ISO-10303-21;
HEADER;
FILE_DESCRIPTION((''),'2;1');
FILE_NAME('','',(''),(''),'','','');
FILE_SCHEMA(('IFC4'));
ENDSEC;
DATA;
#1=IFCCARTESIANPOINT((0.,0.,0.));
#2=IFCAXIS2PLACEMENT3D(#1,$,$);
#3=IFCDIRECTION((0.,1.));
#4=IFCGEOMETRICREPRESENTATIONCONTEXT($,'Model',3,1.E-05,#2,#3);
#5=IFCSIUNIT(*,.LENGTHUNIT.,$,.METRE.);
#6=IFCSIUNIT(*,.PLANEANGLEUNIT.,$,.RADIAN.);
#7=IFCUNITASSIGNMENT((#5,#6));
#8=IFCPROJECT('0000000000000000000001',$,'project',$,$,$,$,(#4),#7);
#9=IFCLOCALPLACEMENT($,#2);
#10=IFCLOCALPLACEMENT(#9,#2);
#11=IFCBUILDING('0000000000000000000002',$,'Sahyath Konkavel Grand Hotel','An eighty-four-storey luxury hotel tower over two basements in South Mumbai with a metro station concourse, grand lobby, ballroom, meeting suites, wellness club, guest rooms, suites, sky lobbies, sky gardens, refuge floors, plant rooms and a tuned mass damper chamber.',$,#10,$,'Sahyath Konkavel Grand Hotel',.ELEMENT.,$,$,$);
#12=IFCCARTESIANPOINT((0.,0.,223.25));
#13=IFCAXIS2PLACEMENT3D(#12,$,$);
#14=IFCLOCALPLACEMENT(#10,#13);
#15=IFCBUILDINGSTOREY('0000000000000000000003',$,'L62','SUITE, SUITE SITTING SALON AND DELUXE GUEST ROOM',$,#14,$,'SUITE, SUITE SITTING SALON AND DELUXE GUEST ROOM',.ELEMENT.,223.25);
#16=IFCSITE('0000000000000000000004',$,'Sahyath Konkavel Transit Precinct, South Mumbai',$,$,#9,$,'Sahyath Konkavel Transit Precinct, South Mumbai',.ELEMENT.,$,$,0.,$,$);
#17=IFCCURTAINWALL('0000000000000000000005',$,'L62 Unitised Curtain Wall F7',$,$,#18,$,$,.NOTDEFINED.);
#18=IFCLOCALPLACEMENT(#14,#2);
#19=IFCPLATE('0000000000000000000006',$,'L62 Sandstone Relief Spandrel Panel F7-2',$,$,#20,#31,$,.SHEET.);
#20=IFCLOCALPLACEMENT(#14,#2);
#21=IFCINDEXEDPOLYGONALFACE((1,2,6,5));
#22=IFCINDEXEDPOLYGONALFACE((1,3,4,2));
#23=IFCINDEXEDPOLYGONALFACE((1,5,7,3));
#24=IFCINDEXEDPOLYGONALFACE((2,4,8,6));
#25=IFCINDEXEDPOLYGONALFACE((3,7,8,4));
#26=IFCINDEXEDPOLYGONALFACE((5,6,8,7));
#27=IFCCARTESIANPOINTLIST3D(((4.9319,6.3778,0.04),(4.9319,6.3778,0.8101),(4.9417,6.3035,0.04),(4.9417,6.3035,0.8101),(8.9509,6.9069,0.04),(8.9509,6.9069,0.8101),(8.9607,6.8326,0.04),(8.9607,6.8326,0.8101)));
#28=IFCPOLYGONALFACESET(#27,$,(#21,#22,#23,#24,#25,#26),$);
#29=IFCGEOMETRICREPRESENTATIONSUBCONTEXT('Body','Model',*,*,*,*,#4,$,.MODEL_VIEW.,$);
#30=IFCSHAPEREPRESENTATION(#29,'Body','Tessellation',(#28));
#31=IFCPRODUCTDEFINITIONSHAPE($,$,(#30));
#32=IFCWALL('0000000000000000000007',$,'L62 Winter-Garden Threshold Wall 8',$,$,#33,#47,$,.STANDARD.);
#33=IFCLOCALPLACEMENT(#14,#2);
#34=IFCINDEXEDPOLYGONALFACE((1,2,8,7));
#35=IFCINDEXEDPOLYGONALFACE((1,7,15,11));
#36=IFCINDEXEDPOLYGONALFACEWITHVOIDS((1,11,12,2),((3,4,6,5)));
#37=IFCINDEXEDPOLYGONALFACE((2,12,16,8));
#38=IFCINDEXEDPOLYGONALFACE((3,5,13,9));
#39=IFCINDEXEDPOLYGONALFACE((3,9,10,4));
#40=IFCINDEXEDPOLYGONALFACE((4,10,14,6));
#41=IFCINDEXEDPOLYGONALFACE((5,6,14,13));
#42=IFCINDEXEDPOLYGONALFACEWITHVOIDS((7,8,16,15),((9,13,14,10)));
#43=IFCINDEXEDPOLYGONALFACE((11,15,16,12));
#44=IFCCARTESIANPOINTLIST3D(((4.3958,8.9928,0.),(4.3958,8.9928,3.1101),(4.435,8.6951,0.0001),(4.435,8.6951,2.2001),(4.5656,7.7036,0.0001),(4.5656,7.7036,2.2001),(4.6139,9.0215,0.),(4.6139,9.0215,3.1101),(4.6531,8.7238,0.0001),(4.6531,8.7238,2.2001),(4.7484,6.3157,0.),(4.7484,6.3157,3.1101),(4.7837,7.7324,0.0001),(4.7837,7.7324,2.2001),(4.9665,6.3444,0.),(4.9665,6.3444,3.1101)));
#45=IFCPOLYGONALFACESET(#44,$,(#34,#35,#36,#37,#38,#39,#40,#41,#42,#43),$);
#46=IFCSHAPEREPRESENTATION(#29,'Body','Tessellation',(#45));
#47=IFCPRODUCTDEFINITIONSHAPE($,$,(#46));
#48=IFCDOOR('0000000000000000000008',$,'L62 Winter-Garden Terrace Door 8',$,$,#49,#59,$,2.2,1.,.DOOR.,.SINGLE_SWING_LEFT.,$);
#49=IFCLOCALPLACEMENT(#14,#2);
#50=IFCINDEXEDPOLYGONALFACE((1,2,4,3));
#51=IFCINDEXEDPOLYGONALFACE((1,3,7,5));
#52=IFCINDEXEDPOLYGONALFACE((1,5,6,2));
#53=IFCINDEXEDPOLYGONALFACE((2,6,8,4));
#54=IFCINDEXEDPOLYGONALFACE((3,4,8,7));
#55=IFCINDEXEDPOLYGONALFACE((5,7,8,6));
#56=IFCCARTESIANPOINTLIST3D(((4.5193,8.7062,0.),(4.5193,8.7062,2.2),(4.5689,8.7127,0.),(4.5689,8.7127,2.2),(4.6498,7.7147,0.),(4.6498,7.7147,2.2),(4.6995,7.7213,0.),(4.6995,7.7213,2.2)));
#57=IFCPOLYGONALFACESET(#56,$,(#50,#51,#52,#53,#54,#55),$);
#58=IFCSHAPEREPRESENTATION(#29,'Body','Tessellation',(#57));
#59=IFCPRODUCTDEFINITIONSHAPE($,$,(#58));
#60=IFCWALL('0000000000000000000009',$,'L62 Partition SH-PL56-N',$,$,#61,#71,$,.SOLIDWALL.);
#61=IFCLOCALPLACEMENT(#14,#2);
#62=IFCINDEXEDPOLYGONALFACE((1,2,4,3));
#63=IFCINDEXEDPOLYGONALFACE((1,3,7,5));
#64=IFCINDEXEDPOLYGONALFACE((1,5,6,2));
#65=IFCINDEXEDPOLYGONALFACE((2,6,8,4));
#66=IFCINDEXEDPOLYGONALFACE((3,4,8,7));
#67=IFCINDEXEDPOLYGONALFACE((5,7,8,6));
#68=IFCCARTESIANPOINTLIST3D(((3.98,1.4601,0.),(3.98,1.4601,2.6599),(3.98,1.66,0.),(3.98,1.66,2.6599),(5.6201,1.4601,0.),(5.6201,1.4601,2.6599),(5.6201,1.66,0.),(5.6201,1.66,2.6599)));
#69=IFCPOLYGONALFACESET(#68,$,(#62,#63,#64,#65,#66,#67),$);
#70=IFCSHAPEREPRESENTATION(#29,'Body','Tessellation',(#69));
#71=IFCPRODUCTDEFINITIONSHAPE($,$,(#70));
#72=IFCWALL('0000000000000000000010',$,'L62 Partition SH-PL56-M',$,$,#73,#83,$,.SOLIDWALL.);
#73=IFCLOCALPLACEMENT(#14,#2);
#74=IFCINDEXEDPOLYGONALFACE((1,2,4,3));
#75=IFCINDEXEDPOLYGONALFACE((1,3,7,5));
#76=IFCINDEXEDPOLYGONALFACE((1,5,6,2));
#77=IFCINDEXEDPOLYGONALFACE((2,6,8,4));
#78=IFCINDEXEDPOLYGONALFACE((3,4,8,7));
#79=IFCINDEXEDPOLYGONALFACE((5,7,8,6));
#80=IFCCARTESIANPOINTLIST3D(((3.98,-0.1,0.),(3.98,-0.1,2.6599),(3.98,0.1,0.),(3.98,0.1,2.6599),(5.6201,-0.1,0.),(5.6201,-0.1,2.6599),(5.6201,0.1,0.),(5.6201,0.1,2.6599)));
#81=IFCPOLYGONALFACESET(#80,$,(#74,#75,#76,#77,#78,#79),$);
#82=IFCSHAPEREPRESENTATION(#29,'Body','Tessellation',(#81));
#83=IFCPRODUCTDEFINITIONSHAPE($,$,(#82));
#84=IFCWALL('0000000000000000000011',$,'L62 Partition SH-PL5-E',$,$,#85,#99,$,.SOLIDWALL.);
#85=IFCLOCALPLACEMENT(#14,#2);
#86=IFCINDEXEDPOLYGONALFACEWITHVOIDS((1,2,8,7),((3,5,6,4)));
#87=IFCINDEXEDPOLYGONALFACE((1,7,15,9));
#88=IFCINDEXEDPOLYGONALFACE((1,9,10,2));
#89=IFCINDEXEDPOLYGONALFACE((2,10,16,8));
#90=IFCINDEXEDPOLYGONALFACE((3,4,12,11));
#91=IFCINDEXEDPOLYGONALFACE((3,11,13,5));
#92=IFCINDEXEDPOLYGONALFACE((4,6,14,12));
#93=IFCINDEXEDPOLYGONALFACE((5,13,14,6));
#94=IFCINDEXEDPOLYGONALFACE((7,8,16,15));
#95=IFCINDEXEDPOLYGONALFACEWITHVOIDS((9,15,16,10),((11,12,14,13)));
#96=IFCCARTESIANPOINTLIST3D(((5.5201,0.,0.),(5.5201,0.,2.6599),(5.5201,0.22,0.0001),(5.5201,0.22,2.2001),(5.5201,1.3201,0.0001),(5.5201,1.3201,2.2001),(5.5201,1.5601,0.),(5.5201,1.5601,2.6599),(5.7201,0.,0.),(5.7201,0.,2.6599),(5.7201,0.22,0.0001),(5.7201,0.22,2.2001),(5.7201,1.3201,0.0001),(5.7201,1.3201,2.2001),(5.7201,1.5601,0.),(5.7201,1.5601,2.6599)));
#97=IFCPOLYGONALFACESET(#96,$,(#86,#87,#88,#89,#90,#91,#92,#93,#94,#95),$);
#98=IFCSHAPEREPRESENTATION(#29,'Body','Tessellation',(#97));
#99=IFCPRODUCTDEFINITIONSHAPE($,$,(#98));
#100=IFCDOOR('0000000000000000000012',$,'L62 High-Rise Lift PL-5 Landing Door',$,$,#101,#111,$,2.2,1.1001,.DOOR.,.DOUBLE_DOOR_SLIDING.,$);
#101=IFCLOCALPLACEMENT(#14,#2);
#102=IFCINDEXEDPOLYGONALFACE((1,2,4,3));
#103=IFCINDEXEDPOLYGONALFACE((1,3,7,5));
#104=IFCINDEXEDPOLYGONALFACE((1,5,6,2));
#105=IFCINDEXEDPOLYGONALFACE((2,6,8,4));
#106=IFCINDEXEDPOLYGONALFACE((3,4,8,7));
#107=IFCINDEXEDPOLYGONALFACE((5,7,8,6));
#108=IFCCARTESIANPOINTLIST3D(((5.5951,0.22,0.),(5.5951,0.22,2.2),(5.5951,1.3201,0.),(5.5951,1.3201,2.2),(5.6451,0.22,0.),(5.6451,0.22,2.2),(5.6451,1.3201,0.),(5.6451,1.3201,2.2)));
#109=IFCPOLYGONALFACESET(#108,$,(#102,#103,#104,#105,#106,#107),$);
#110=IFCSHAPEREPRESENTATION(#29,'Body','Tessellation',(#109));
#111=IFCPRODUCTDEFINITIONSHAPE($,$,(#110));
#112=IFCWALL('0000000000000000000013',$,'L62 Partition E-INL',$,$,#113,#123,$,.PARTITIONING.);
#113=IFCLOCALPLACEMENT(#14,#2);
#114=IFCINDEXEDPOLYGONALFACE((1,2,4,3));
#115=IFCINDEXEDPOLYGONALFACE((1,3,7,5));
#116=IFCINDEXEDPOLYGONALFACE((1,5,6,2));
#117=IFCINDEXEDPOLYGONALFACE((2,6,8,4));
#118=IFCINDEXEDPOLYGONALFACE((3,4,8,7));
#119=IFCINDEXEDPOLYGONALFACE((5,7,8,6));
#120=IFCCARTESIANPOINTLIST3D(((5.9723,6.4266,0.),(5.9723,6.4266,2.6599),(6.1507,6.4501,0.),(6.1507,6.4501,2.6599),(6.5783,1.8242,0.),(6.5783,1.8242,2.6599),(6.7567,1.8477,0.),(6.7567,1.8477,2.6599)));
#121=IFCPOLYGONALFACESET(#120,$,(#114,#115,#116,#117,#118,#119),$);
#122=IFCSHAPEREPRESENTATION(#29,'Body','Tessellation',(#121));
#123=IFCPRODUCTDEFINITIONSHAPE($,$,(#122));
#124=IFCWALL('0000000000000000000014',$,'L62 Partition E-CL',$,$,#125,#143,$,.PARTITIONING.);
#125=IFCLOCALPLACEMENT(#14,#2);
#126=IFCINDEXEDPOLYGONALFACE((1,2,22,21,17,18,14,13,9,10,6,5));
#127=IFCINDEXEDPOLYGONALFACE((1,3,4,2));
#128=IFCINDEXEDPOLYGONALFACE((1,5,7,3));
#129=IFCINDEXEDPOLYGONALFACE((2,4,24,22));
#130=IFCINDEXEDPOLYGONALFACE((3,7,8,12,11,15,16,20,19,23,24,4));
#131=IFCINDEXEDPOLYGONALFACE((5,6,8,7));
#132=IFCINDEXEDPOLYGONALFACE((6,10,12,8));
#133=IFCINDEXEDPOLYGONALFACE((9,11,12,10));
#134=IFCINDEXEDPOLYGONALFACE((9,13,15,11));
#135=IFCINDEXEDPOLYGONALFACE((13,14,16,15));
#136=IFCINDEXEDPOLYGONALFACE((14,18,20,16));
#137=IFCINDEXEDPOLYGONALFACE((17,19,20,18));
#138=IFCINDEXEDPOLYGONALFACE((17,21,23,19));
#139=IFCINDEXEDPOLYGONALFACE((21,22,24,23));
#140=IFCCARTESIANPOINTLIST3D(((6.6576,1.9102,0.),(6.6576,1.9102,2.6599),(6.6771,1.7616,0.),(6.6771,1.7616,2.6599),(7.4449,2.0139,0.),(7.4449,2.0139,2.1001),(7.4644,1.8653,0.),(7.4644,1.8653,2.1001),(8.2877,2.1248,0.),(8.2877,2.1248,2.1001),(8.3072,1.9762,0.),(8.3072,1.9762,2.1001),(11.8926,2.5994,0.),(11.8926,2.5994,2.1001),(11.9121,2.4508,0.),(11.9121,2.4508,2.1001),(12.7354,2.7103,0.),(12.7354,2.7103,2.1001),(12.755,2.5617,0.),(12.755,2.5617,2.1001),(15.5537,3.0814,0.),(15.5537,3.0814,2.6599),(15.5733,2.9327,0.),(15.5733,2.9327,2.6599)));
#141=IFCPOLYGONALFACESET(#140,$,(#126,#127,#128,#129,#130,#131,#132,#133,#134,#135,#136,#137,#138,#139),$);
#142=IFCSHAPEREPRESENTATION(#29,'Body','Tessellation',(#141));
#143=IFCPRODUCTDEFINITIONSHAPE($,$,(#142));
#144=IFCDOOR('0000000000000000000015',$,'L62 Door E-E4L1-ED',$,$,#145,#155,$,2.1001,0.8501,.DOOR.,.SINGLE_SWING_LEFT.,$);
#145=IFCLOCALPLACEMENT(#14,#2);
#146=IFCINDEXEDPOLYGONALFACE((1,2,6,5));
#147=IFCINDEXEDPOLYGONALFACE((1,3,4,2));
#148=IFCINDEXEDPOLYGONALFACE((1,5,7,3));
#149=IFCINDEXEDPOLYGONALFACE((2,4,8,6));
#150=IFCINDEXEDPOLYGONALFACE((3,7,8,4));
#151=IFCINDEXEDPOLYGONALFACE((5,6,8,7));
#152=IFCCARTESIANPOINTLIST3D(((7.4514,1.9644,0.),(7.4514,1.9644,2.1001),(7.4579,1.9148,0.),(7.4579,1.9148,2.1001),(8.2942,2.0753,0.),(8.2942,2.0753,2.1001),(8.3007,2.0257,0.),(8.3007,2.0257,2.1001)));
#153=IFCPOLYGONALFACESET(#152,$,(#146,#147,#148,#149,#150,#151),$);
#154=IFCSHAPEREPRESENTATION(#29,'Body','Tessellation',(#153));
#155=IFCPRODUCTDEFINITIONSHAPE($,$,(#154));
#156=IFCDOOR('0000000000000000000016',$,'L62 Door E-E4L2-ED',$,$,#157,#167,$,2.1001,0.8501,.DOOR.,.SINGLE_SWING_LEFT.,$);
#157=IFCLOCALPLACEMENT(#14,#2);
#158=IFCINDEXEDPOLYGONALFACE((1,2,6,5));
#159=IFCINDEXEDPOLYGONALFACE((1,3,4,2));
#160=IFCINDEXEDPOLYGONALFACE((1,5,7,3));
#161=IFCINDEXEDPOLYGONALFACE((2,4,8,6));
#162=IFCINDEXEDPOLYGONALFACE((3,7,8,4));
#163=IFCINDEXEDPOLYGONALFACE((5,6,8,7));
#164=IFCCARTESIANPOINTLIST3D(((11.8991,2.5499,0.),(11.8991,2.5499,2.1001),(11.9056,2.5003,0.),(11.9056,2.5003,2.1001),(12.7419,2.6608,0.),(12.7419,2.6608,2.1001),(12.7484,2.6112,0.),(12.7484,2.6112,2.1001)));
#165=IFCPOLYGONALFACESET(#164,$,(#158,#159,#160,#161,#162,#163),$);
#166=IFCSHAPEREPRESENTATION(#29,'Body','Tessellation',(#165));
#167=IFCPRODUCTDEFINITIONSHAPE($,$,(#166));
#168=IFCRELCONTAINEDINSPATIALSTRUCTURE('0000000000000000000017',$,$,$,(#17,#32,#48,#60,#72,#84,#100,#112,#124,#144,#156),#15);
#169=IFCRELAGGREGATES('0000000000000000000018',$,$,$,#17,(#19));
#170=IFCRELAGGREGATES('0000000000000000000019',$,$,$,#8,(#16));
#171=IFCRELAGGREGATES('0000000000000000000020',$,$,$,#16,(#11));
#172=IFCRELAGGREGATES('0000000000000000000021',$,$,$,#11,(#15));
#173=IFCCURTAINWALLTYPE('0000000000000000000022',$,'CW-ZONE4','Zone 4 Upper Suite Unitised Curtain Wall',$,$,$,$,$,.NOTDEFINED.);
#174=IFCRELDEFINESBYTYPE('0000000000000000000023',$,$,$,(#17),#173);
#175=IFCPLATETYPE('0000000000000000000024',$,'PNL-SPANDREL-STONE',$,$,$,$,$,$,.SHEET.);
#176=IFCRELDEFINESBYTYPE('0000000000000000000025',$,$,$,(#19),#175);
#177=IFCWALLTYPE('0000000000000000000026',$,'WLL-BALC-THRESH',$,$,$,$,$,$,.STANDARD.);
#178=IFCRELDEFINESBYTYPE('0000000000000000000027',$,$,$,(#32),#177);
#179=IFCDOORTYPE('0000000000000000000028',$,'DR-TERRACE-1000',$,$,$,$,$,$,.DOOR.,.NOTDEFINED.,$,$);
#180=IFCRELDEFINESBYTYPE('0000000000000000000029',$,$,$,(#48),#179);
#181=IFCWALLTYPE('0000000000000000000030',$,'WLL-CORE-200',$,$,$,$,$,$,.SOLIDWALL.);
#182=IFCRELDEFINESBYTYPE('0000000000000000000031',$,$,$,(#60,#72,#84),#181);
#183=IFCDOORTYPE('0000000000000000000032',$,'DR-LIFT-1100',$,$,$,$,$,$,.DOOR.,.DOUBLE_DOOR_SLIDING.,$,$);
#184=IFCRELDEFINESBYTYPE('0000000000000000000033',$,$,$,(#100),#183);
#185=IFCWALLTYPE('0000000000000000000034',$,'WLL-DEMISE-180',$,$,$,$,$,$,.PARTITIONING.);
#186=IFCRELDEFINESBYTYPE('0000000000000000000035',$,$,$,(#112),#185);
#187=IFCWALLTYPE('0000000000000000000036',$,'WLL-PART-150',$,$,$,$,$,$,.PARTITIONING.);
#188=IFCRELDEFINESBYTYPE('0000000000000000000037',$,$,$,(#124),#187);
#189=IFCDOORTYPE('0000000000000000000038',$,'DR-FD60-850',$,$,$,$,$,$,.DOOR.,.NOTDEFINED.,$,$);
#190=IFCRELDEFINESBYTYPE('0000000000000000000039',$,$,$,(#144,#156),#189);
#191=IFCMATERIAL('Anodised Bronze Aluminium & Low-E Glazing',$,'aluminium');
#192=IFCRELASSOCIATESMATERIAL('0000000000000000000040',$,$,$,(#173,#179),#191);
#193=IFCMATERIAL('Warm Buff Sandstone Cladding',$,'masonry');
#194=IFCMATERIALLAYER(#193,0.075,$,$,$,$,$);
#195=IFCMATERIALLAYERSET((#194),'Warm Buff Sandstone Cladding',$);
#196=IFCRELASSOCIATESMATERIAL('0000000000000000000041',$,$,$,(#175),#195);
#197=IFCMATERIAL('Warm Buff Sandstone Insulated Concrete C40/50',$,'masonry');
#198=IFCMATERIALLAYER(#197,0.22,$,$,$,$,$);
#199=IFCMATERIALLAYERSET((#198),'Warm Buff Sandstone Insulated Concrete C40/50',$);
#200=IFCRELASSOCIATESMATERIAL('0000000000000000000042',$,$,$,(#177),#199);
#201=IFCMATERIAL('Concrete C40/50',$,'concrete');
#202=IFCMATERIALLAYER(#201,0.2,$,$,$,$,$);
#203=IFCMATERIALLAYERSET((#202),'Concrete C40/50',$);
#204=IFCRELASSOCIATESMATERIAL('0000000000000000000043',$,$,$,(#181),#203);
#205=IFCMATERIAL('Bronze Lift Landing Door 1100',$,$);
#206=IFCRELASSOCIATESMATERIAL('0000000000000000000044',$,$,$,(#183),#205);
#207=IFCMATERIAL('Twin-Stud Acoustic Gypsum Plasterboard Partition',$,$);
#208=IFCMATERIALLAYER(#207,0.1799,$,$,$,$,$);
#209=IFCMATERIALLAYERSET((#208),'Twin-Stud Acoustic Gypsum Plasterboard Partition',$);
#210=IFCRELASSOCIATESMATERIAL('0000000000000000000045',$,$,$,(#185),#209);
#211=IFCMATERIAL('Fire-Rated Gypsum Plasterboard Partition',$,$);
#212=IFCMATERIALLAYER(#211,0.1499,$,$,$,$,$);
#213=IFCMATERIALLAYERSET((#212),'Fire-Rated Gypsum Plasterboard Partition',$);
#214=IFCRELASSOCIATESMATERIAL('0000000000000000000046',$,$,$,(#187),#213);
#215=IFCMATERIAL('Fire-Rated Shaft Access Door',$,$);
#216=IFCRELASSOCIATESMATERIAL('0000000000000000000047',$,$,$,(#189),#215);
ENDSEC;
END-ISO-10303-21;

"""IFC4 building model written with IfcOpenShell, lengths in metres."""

from ifc_helpers import new_model, si_unit, direction, frame, frame_2d, origin, origin_2d, place, context, subcontext, project, spatial, rectangle, extrude, source, transform, mapped, material, layer, layer_set, type_object, element, fill, aggregate, save


model = new_model("IFC4")

# Units and contexts
model_context = context("Model", 3, precision=1e-05, world=origin(), true_north=direction((0.0, 1.0)))
body_context = subcontext(model_context, "Body", "Model", "MODEL_VIEW")
ifc_project = project(units=[si_unit("LENGTHUNIT", "METRE"), si_unit("PLANEANGLEUNIT", "RADIAN")], contexts=[model_context])

# Site, building, storey
site_placement = place(None, origin())
site = spatial("IfcSite", under=ifc_project, at=site_placement, Name="Sahyath Konkavel Transit Precinct, South Mumbai", LongName="Sahyath Konkavel Transit Precinct, South Mumbai", CompositionType="ELEMENT", RefElevation=0.0)
building_placement = place(site_placement, origin())
building = spatial("IfcBuilding", under=site, at=building_placement, Name="Sahyath Konkavel Grand Hotel", Description="An eighty-four-storey luxury hotel tower over two basements in South Mumbai with a metro station concourse, grand lobby, ballroom, meeting suites, wellness club, guest rooms, suites, sky lobbies, sky gardens, refuge floors, plant rooms and a tuned mass damper chamber.", LongName="Sahyath Konkavel Grand Hotel", CompositionType="ELEMENT")
storey_placement = place(building_placement, frame((0.0, 0.0, 223.25)))
storey = spatial("IfcBuildingStorey", under=building, at=storey_placement, Name="L62", Description="SUITE, SUITE SITTING SALON AND DELUXE GUEST ROOM", LongName="SUITE, SUITE SITTING SALON AND DELUXE GUEST ROOM", CompositionType="ELEMENT", Elevation=223.25)

# Shared definitions
ifc_material_1 = material(Name="Concrete C40/50", Category="concrete")

# Curtain wall, plate
ifc_material_2 = material(Name="Anodised Bronze Aluminium & Low-E Glazing", Category="aluminium")
curtain_wall_type = type_object("IfcCurtainWallType", Name="CW-ZONE4", Description="Zone 4 Upper Suite Unitised Curtain Wall", PredefinedType="NOTDEFINED", material=ifc_material_2)
curtain_wall_placement = place(storey_placement, origin())
curtain_wall = element("IfcCurtainWall", 1, at=curtain_wall_placement, inside=storey, type_object=curtain_wall_type, Name="L62 Unitised Curtain Wall F7", PredefinedType="NOTDEFINED")
ifc_material_3 = material(Name="Warm Buff Sandstone Cladding", Category="masonry")
ifc_layer_1 = layer(ifc_material_3, 0.075)
ifc_layer_set_1 = layer_set([ifc_layer_1], Name="Warm Buff Sandstone Cladding")
plate_type = type_object("IfcPlateType", Name="PNL-SPANDREL-STONE", PredefinedType="SHEET", material=ifc_layer_set_1)
shared_shape_1 = source(origin(), body_context, "Body", "SweptSolid", [
    extrude(rectangle(XDim=4.0537, YDim=0.075, at=origin_2d()), origin(), (0.0, 0.0, 1.0), 0.77),
])
plate_placement = place(storey_placement, frame((6.9463, 6.6052, 0.04), z_axis=(0.0, 0.0, 1.0), x_axis=(-0.991445, -0.130526, 0.0)))
plate = element("IfcPlate", 2, at=plate_placement, type_object=plate_type, Name="L62 Sandstone Relief Spandrel Panel F7-2", PredefinedType="SHEET", context=body_context, shape_type="MappedRepresentation", body=[
    mapped(shared_shape_1, transform((0.0, 0.0, 0.0), scale=1.0)),
])
aggregate(curtain_wall, [plate])

# Wall, opening, door
ifc_material_4 = material(Name="Warm Buff Sandstone Insulated Concrete C40/50", Category="masonry")
ifc_layer_2 = layer(ifc_material_4, 0.22)
ifc_layer_set_2 = layer_set([ifc_layer_2], Name="Warm Buff Sandstone Insulated Concrete C40/50")
wall_type_1 = type_object("IfcWallType", Name="WLL-BALC-THRESH", PredefinedType="STANDARD", material=ifc_layer_set_2)
wall_1_placement = place(storey_placement, frame((4.8574, 6.3301, 0.0), z_axis=(0.0, 0.0, 1.0), x_axis=(-0.130564, 0.99144, 0.0)))
wall_1 = element("IfcWall", 3, at=wall_1_placement, inside=storey, type_object=wall_type_1, Name="L62 Winter-Garden Threshold Wall 8", PredefinedType="STANDARD", context=body_context, shape_type="SweptSolid", body=[
    extrude(rectangle(XDim=2.7002, YDim=0.22, at=frame_2d((1.3501, 0.0))), origin(), (0.0, 0.0, 1.0), 3.1101),
])
opening_1_placement = place(wall_1_placement, frame((1.3999, 0.0, 0.0)))
opening_1 = element("IfcOpeningElement", 4, at=opening_1_placement, cuts=wall_1, PredefinedType="OPENING", context=body_context, shape_type="SweptSolid", body=[
    extrude(rectangle(XDim=1.0, YDim=2.2, at=frame_2d((0.5, 1.1001))), frame((0.0, 0.1201, 0.0), z_axis=(0.0, -1.0, 0.0), x_axis=(1.0, 0.0, 0.0)), (0.0, 0.0, 1.0), 0.24),
])
door_type_1 = type_object("IfcDoorType", Name="DR-TERRACE-1000", OperationType="NOTDEFINED", PredefinedType="DOOR", material=ifc_material_2)
shared_shape_2 = source(origin(), body_context, "Body", "SweptSolid", [
    extrude(rectangle(XDim=1.0, YDim=0.05, at=origin_2d()), origin(), (0.0, 0.0, 1.0), 2.2),
])
door_1_placement = place(opening_1_placement, frame((0.5, 0.0, 0.0)))
door_1 = element("IfcDoor", 5, at=door_1_placement, inside=storey, type_object=door_type_1, Name="L62 Winter-Garden Terrace Door 8", OperationType="SINGLE_SWING_LEFT", OverallHeight=2.2, OverallWidth=1.0, PredefinedType="DOOR", context=body_context, shape_type="MappedRepresentation", body=[
    mapped(shared_shape_2, transform((0.0, 0.0, 0.0), scale=1.0)),
])
fill(opening_1, door_1)

# Walls
ifc_layer_3 = layer(ifc_material_1, 0.2)
ifc_layer_set_3 = layer_set([ifc_layer_3], Name="Concrete C40/50")
wall_type_2 = type_object("IfcWallType", Name="WLL-CORE-200", PredefinedType="SOLIDWALL", material=ifc_layer_set_3)
for number, where, z_axis, x_axis, name in (
    (6, (3.98, 1.5601, 0.0), (0.0, 0.0, 1.0), (1.0, 0.0, 0.0), "L62 Partition SH-PL56-N"),
    (7, (3.98, 0.0, 0.0), (0.0, 0.0, 1.0), (1.0, 0.0, 0.0), "L62 Partition SH-PL56-M"),
):
    element("IfcWall", number, at=place(storey_placement, frame(where, z_axis=z_axis, x_axis=x_axis)), inside=storey, type_object=wall_type_2, Name=name, PredefinedType="SOLIDWALL", context=body_context, shape_type="SweptSolid", body=[
        extrude(rectangle(XDim=1.6401, YDim=0.2, at=frame_2d((0.8201, 0.0))), origin(), (0.0, 0.0, 1.0), 2.6599),
    ])

# Wall, opening, door
wall_2_placement = place(storey_placement, frame((5.6201, 0.0, 0.0), z_axis=(0.0, 0.0, 1.0), x_axis=(0.0, 1.0, 0.0)))
wall_2 = element("IfcWall", 8, at=wall_2_placement, inside=storey, type_object=wall_type_2, Name="L62 Partition SH-PL5-E", PredefinedType="SOLIDWALL", context=body_context, shape_type="SweptSolid", body=[
    extrude(rectangle(XDim=1.5601, YDim=0.2, at=frame_2d((0.78, 0.0))), origin(), (0.0, 0.0, 1.0), 2.6599),
])
opening_2_placement = place(wall_2_placement, frame((0.22, 0.0, 0.0)))
opening_2 = element("IfcOpeningElement", 9, at=opening_2_placement, cuts=wall_2, PredefinedType="OPENING", context=body_context, shape_type="SweptSolid", body=[
    extrude(rectangle(XDim=1.1001, YDim=2.2, at=frame_2d((0.55, 1.1001))), frame((0.0, 0.1099, 0.0), z_axis=(0.0, -1.0, 0.0), x_axis=(1.0, 0.0, 0.0)), (0.0, 0.0, 1.0), 0.22),
])
ifc_material_5 = material(Name="Bronze Lift Landing Door 1100")
door_type_2 = type_object("IfcDoorType", Name="DR-LIFT-1100", OperationType="DOUBLE_DOOR_SLIDING", PredefinedType="DOOR", material=ifc_material_5)
shared_shape_3 = source(origin(), body_context, "Body", "SweptSolid", [
    extrude(rectangle(XDim=1.1001, YDim=0.05, at=origin_2d()), origin(), (0.0, 0.0, 1.0), 2.2),
])
door_2_placement = place(opening_2_placement, frame((0.55, 0.0, 0.0)))
door_2 = element("IfcDoor", 10, at=door_2_placement, inside=storey, type_object=door_type_2, Name="L62 High-Rise Lift PL-5 Landing Door", OperationType="DOUBLE_DOOR_SLIDING", OverallHeight=2.2, OverallWidth=1.1001, PredefinedType="DOOR", context=body_context, shape_type="MappedRepresentation", body=[
    mapped(shared_shape_3, transform((0.0, 0.0, 0.0), scale=1.0)),
])
fill(opening_2, door_2)

# Wall
ifc_material_6 = material(Name="Twin-Stud Acoustic Gypsum Plasterboard Partition")
ifc_layer_4 = layer(ifc_material_6, 0.1799)
ifc_layer_set_4 = layer_set([ifc_layer_4], Name="Twin-Stud Acoustic Gypsum Plasterboard Partition")
wall_type_3 = type_object("IfcWallType", Name="WLL-DEMISE-180", PredefinedType="PARTITIONING", material=ifc_layer_set_4)
wall_3_placement = place(storey_placement, frame((6.6675, 1.8359, 0.0), z_axis=(0.0, 0.0, 1.0), x_axis=(-0.130538, 0.991443, 0.0)))
element("IfcWall", 11, at=wall_3_placement, inside=storey, type_object=wall_type_3, Name="L62 Partition E-INL", PredefinedType="PARTITIONING", context=body_context, shape_type="SweptSolid", body=[
    extrude(rectangle(XDim=4.6421, YDim=0.1799, at=frame_2d((2.321, 0.0))), origin(), (0.0, 0.0, 1.0), 2.6599),
])

# Wall, openings, doors
ifc_material_7 = material(Name="Fire-Rated Gypsum Plasterboard Partition")
ifc_layer_5 = layer(ifc_material_7, 0.1499)
ifc_layer_set_5 = layer_set([ifc_layer_5], Name="Fire-Rated Gypsum Plasterboard Partition")
wall_type_4 = type_object("IfcWallType", Name="WLL-PART-150", PredefinedType="PARTITIONING", material=ifc_layer_set_5)
wall_4_placement = place(storey_placement, frame((6.6675, 1.8359, 0.0), z_axis=(0.0, 0.0, 1.0), x_axis=(0.991446, 0.130519, 0.0)))
wall_4 = element("IfcWall", 12, at=wall_4_placement, inside=storey, type_object=wall_type_4, Name="L62 Partition E-CL", PredefinedType="PARTITIONING", context=body_context, shape_type="SweptSolid", body=[
    extrude(rectangle(XDim=8.9729, YDim=0.1499, at=frame_2d((4.4863, 0.0))), origin(), (0.0, 0.0, 1.0), 2.6599),
])
opening_3_placement = place(wall_4_placement, frame((0.7939, 0.0, 0.0)))
opening_3 = element("IfcOpeningElement", 13, at=opening_3_placement, cuts=wall_4, PredefinedType="OPENING", context=body_context, shape_type="SweptSolid", body=[
    extrude(rectangle(XDim=0.8501, YDim=2.1001, at=frame_2d((0.425, 1.05))), frame((0.0, 0.085, 0.0), z_axis=(0.0, -1.0, 0.0), x_axis=(1.0, 0.0, 0.0)), (0.0, 0.0, 1.0), 0.1699),
])
opening_4_placement = place(wall_4_placement, frame((5.28, 0.0, 0.0)))
opening_4 = element("IfcOpeningElement", 14, at=opening_4_placement, cuts=wall_4, PredefinedType="OPENING", context=body_context, shape_type="SweptSolid", body=[
    extrude(rectangle(XDim=0.8501, YDim=2.1001, at=frame_2d((0.425, 1.05))), frame((0.0, 0.085, 0.0), z_axis=(0.0, -1.0, 0.0), x_axis=(1.0, 0.0, 0.0)), (0.0, 0.0, 1.0), 0.1699),
])
ifc_material_8 = material(Name="Fire-Rated Shaft Access Door")
door_type_3 = type_object("IfcDoorType", Name="DR-FD60-850", OperationType="NOTDEFINED", PredefinedType="DOOR", material=ifc_material_8)
shared_shape_4 = source(origin(), body_context, "Body", "SweptSolid", [
    extrude(rectangle(XDim=0.8501, YDim=0.05, at=origin_2d()), origin(), (0.0, 0.0, 1.0), 2.1001),
])
door_3_placement = place(opening_3_placement, frame((0.425, 0.0, 0.0)))
door_3 = element("IfcDoor", 15, at=door_3_placement, inside=storey, type_object=door_type_3, Name="L62 Door E-E4L1-ED", OperationType="SINGLE_SWING_LEFT", OverallHeight=2.1001, OverallWidth=0.8501, PredefinedType="DOOR", context=body_context, shape_type="MappedRepresentation", body=[
    mapped(shared_shape_4, transform((0.0, 0.0, 0.0), scale=1.0)),
])
fill(opening_3, door_3)
door_4_placement = place(opening_4_placement, frame((0.425, 0.0, 0.0)))
door_4 = element("IfcDoor", 16, at=door_4_placement, inside=storey, type_object=door_type_3, Name="L62 Door E-E4L2-ED", OperationType="SINGLE_SWING_LEFT", OverallHeight=2.1001, OverallWidth=0.8501, PredefinedType="DOOR", context=body_context, shape_type="MappedRepresentation", body=[
    mapped(shared_shape_4, transform((0.0, 0.0, 0.0), scale=1.0)),
])
fill(opening_4, door_4)

save(model, "model.ifc")
